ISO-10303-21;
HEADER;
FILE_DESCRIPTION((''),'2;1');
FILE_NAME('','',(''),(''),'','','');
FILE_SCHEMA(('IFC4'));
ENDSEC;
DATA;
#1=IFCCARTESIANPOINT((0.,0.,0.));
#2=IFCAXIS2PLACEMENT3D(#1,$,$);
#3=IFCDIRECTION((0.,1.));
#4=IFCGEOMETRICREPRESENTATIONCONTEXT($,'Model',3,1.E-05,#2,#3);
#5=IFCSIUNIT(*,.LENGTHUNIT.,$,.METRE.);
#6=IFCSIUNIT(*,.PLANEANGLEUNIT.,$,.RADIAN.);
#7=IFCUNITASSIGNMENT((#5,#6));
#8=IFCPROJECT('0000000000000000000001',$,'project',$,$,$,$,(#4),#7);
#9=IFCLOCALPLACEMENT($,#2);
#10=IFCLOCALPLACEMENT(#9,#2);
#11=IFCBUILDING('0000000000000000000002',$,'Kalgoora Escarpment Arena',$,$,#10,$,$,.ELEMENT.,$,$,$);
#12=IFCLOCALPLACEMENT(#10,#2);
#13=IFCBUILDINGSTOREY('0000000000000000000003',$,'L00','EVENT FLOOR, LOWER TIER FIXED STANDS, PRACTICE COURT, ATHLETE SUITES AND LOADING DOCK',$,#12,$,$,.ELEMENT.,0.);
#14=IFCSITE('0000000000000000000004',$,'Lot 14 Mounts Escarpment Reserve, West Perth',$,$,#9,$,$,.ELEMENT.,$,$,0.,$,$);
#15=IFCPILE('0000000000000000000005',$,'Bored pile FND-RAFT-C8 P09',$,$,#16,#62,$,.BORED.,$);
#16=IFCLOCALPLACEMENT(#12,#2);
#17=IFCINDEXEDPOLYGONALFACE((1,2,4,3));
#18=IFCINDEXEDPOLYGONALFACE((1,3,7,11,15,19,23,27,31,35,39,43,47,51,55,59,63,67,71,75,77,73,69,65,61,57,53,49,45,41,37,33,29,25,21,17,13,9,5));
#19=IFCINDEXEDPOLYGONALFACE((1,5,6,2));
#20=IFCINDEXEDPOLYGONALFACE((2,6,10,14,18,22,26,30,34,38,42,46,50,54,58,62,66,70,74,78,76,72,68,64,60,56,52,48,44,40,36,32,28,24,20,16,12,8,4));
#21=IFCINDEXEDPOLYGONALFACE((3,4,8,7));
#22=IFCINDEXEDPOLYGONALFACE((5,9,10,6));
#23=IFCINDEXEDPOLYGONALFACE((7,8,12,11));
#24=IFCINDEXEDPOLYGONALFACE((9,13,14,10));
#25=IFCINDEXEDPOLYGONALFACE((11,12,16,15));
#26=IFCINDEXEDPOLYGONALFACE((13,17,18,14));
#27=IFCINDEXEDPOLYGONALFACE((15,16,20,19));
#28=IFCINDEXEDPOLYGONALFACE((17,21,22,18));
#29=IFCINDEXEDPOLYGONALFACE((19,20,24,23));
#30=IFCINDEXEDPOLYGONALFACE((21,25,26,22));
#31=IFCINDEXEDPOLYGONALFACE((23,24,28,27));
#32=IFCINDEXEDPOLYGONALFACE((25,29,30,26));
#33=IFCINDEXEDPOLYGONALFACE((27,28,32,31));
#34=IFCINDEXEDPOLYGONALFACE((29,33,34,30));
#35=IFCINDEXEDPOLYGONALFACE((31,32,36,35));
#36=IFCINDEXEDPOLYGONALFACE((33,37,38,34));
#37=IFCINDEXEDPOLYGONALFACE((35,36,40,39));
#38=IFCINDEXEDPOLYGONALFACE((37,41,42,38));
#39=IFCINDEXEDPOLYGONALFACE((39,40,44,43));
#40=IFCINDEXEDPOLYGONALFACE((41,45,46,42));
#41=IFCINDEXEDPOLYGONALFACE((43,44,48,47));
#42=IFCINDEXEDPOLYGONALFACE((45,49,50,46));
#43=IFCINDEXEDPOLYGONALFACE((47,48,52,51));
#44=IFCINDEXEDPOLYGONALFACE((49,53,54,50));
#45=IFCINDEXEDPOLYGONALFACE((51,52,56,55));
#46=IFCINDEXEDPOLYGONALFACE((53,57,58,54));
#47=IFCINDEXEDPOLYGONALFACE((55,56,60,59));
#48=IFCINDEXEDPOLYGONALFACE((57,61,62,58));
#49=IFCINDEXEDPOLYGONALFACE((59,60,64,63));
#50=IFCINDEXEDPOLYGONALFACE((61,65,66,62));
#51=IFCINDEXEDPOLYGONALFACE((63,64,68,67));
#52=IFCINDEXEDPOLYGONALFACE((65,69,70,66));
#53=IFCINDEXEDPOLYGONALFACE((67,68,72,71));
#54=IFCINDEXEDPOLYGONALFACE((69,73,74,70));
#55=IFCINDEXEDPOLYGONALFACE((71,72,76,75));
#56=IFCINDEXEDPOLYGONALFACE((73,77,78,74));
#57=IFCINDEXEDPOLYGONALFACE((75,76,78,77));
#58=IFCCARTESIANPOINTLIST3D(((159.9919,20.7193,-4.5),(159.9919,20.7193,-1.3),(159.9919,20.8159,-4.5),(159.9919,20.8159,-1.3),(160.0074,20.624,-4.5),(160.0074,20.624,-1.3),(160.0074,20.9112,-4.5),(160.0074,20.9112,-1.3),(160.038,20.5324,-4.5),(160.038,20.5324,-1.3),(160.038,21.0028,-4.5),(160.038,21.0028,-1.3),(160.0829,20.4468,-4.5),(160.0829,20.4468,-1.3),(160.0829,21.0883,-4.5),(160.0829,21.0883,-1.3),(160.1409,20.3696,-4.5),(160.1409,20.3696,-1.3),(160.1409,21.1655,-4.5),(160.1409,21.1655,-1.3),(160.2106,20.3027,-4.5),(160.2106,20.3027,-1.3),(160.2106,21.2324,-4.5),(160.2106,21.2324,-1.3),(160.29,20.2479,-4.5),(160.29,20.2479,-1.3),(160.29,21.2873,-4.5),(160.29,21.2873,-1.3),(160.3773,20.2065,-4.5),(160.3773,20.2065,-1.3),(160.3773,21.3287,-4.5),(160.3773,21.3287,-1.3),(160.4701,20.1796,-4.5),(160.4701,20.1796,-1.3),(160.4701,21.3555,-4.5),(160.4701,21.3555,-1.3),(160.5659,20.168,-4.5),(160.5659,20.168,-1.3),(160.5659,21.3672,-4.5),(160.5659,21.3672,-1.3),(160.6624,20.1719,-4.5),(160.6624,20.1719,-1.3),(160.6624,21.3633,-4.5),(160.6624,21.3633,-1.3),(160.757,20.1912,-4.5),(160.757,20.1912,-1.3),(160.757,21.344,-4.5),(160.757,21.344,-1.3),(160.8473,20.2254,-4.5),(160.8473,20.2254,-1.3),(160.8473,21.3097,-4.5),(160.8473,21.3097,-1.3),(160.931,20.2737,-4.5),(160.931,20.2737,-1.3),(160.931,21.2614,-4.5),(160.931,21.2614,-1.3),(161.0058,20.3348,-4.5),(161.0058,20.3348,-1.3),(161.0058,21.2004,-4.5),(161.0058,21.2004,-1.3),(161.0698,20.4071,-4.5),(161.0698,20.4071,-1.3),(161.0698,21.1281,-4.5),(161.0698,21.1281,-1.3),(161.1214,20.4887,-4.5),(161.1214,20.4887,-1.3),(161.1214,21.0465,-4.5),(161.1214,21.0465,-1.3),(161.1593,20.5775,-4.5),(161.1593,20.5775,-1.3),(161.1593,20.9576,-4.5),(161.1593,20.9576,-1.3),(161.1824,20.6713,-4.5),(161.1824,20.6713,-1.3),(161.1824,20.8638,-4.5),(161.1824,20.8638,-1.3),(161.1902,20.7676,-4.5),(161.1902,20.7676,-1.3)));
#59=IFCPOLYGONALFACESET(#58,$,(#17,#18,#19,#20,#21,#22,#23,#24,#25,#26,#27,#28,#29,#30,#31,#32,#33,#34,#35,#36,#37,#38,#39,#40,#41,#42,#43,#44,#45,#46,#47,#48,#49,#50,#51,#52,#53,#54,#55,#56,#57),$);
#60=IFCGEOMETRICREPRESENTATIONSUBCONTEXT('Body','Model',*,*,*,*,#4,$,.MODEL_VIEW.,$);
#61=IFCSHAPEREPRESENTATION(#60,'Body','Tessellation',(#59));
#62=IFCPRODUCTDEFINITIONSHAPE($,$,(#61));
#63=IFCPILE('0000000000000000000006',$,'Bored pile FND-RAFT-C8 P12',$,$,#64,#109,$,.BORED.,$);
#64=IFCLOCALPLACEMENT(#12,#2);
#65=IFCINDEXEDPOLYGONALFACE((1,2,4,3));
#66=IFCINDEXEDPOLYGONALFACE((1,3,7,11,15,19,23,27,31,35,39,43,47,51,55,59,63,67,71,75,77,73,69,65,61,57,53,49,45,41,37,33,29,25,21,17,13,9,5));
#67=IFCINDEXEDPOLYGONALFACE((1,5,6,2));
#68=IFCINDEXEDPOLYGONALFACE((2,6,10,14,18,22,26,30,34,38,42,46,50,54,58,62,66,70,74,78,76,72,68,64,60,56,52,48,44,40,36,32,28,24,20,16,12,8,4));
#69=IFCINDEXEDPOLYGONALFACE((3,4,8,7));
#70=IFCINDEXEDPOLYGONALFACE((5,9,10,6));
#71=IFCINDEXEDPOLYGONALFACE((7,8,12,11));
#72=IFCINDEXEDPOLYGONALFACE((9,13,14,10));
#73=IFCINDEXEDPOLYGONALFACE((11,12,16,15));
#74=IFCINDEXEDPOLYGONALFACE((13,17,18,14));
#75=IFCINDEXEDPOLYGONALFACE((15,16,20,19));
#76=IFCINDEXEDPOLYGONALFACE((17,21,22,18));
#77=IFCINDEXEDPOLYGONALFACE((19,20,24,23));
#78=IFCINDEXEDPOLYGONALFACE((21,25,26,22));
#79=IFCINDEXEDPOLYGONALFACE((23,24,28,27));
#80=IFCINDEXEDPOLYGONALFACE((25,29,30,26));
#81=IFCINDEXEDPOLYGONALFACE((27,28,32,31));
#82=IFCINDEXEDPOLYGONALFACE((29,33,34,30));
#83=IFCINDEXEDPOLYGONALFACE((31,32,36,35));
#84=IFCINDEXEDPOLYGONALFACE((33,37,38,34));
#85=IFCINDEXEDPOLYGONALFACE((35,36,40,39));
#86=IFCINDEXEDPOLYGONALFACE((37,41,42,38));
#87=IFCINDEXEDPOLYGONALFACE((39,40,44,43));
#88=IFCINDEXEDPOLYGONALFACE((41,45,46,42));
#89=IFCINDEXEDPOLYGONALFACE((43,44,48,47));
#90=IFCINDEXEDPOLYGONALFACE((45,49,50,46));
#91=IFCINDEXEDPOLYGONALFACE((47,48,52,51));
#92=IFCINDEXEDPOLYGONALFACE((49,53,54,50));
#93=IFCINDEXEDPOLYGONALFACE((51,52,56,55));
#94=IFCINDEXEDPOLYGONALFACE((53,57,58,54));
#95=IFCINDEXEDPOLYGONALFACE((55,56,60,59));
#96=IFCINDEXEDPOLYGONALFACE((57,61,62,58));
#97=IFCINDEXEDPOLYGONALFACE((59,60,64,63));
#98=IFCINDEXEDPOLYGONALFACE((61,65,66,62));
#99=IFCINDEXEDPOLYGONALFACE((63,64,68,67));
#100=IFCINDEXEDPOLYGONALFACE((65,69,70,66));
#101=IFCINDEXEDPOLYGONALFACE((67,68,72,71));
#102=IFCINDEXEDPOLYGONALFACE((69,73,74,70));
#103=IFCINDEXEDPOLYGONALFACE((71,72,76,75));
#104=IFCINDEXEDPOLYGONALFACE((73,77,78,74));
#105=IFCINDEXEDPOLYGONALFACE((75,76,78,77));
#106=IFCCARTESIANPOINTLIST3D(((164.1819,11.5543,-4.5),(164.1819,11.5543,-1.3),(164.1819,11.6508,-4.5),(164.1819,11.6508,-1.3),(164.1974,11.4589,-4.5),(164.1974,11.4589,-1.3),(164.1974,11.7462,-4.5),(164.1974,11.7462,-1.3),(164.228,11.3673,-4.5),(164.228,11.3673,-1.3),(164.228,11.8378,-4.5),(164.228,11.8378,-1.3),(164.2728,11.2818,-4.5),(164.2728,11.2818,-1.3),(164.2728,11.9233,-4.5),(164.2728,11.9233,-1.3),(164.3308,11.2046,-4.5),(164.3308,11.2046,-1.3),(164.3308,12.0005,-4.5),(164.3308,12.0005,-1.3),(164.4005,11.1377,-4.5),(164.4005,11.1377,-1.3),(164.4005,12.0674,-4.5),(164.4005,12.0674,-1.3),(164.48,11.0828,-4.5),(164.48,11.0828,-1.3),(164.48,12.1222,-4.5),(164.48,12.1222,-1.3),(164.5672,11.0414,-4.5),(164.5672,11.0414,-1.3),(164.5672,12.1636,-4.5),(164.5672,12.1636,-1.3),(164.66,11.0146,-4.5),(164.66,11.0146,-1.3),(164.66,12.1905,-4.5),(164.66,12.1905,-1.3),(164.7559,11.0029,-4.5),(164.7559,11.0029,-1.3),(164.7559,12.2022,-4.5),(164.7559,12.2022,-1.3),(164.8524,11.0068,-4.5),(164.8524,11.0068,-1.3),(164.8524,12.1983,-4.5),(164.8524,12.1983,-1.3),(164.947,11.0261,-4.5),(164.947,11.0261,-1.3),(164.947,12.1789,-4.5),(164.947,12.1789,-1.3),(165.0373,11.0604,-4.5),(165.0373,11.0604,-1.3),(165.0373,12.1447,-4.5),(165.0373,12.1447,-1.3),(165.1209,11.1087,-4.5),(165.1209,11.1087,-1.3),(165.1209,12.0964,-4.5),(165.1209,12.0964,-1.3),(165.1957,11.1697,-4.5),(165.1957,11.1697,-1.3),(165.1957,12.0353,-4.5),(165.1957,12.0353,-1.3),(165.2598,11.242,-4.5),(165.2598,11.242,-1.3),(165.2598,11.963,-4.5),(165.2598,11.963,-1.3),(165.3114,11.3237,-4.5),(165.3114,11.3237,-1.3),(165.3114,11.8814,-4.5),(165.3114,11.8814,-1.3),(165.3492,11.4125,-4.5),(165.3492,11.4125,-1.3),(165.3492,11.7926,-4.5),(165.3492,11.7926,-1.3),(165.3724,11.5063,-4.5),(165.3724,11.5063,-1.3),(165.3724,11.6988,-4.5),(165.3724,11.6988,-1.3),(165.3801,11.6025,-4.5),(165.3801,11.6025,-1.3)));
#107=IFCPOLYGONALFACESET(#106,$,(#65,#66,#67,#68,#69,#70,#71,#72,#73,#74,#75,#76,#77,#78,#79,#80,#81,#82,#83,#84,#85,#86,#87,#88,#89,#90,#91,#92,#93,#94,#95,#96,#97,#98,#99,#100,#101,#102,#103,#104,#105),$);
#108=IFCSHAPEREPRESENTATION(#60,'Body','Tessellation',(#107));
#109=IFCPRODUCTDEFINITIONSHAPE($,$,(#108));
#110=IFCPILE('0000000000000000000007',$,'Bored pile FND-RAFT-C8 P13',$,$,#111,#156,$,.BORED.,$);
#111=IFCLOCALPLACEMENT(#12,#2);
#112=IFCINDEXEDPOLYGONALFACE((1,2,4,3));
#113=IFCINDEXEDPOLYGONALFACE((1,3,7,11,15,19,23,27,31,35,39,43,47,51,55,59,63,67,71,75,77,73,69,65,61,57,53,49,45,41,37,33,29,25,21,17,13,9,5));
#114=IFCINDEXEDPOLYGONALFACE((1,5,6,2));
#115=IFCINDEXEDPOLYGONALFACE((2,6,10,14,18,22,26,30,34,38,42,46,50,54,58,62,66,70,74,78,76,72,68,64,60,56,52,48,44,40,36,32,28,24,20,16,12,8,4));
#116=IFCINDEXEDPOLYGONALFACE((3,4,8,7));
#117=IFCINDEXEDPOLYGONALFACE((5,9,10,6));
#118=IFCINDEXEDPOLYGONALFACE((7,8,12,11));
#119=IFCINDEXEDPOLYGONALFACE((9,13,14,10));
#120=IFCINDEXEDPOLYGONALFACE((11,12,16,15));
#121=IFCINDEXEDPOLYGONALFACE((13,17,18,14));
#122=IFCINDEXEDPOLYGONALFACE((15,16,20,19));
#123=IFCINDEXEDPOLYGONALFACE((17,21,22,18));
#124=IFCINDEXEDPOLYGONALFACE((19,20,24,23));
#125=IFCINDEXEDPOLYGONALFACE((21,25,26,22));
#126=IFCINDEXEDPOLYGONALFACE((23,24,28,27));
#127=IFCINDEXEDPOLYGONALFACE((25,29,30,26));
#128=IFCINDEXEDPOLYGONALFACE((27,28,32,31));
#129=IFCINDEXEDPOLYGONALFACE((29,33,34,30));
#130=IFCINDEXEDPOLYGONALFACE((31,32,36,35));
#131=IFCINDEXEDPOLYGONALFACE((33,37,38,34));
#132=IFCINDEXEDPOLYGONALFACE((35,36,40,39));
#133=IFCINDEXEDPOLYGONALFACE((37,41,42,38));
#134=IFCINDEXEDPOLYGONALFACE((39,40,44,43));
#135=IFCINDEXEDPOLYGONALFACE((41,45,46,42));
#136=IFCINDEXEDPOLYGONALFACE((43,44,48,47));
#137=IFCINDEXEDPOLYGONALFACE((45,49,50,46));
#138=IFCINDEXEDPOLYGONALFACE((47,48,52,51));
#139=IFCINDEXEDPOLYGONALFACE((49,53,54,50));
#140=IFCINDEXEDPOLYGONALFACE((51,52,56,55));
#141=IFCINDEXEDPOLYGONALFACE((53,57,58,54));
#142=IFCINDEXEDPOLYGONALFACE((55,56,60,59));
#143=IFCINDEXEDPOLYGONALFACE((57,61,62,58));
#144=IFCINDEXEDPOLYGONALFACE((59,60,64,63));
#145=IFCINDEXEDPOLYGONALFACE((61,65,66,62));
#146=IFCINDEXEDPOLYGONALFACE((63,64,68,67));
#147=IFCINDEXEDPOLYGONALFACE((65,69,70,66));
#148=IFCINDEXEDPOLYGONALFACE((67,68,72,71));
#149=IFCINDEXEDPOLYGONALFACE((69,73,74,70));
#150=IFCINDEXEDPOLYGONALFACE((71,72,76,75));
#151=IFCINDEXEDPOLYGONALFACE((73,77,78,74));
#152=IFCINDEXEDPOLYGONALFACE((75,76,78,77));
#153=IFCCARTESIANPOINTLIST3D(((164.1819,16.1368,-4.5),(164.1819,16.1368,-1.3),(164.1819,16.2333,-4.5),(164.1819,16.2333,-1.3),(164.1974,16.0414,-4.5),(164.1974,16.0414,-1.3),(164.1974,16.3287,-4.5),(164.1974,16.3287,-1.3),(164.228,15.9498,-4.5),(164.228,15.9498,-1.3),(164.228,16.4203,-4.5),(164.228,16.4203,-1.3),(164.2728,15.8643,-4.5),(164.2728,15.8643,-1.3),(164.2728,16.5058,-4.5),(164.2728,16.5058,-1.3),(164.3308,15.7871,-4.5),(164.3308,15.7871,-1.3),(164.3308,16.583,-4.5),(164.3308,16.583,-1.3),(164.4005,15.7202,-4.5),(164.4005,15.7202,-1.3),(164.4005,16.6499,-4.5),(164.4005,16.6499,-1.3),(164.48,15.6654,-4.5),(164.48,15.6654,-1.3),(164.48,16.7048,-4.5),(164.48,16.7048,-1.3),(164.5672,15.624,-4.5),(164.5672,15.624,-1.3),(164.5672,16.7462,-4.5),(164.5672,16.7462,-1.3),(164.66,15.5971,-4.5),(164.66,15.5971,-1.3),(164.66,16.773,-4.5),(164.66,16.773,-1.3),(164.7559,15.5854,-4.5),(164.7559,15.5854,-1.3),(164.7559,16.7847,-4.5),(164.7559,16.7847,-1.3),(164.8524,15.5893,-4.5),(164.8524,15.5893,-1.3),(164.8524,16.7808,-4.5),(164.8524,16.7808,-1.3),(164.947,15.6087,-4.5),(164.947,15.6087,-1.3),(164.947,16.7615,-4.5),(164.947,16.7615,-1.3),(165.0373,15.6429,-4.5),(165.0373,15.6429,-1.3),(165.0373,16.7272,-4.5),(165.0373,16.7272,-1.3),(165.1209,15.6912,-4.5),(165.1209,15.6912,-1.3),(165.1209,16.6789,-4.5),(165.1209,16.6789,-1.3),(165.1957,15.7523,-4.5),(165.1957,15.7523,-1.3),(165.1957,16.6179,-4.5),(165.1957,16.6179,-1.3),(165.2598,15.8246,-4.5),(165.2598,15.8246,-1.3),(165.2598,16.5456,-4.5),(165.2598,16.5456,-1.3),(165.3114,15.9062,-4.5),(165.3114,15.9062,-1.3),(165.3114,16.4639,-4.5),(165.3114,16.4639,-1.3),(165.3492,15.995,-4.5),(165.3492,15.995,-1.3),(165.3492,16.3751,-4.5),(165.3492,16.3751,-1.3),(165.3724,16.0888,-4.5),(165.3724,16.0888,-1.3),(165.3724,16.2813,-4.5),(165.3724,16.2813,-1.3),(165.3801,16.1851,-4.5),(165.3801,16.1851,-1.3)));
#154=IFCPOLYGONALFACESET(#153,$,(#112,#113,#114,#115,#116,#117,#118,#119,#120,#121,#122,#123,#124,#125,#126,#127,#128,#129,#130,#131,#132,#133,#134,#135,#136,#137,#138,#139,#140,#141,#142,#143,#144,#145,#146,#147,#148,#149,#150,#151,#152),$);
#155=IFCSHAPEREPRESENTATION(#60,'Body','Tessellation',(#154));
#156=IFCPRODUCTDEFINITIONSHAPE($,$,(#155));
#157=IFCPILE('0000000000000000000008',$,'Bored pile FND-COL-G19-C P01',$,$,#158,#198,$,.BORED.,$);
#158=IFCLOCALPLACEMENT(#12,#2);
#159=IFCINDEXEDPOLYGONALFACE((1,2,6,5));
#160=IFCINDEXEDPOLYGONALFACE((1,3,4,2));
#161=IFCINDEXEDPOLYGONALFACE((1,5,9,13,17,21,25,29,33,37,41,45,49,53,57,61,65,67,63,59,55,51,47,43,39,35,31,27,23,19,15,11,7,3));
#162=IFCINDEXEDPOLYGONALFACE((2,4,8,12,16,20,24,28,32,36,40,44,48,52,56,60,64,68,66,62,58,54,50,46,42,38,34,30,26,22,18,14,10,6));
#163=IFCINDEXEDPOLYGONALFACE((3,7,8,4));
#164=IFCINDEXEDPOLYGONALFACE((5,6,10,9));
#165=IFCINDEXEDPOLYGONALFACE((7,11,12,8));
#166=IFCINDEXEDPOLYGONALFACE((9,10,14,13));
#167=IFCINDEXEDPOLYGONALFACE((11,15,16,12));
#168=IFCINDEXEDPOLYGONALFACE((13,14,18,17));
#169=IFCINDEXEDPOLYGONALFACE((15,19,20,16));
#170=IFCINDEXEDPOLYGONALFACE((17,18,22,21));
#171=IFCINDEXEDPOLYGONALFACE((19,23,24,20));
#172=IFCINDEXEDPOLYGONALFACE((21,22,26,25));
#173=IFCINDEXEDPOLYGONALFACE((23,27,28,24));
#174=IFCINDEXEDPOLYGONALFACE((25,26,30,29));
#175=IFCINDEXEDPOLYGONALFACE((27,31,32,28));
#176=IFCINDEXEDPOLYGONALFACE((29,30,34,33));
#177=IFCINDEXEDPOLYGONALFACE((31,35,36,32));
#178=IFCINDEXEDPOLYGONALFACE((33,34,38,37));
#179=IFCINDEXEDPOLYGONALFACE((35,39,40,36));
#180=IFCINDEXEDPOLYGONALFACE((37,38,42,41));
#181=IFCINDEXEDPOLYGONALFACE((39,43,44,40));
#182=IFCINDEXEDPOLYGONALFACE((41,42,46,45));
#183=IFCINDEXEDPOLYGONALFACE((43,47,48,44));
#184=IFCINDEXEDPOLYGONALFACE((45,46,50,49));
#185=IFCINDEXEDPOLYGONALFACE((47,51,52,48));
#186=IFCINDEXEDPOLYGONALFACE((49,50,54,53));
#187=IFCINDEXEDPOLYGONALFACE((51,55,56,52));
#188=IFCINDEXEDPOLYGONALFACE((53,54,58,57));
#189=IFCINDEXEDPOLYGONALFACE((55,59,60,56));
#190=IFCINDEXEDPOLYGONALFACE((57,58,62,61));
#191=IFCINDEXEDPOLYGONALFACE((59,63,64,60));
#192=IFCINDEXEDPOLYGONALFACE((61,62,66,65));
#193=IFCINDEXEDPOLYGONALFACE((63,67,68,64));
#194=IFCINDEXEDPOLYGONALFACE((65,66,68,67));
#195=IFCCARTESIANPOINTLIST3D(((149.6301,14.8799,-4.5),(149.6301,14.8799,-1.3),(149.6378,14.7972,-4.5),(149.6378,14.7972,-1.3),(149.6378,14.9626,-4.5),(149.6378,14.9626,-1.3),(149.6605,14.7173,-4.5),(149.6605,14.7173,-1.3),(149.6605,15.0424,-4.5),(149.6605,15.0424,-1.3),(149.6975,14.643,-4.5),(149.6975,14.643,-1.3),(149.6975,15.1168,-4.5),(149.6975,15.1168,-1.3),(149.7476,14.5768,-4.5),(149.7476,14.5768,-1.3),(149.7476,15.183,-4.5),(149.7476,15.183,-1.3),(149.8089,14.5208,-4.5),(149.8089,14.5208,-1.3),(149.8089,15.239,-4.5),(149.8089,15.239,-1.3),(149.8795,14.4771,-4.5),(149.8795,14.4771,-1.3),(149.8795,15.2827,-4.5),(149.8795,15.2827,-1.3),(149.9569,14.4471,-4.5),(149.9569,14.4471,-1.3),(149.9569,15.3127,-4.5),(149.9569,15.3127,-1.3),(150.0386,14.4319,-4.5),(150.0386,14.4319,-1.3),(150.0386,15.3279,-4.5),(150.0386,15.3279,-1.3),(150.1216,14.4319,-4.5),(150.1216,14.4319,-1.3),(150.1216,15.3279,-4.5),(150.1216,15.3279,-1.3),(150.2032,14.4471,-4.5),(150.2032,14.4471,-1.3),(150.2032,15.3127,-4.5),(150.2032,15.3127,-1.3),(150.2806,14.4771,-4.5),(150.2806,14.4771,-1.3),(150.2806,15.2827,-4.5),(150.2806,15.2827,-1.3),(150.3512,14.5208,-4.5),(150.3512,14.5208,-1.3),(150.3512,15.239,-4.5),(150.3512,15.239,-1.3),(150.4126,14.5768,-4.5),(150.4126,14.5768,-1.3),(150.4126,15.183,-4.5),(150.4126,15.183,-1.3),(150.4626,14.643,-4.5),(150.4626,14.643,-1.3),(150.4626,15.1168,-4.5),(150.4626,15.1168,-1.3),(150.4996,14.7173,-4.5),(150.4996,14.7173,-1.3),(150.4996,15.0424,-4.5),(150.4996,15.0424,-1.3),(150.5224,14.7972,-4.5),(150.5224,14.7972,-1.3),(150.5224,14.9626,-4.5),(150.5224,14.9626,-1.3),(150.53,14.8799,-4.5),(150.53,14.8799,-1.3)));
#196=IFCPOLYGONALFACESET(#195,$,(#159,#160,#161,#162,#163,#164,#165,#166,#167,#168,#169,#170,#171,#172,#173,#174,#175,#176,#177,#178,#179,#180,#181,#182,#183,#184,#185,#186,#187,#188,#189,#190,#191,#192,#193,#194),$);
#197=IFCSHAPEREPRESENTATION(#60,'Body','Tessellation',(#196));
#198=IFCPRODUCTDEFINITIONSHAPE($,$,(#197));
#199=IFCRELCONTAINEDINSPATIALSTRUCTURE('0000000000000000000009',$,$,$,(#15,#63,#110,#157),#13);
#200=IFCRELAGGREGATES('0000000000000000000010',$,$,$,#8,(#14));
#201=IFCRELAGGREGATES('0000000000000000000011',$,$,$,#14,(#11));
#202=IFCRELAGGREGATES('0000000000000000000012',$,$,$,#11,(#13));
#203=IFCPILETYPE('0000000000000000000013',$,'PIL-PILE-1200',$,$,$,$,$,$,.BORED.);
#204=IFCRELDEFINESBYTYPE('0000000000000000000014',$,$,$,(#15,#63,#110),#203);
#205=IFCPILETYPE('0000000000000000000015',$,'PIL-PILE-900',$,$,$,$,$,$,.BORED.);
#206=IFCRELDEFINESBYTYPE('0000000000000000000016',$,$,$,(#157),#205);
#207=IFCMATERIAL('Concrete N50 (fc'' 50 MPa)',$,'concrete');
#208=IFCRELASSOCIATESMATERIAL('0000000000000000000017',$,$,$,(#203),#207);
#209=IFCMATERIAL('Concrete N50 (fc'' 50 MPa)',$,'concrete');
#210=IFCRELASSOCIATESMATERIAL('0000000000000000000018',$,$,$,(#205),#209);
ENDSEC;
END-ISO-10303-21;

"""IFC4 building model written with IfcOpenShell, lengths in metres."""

from ifc_helpers import new_model, si_unit, direction, frame, origin, origin_2d, place, context, subcontext, project, spatial, circle, extrude, material, material_profile, profile_set, type_object, element, save


model = new_model("IFC4")

# Units and contexts
model_context = context("Model", 3, precision=1e-05, world=origin(), true_north=direction((0.0, 1.0)))
body_context = subcontext(model_context, "Body", "Model", "MODEL_VIEW")
ifc_project = project(units=[si_unit("LENGTHUNIT", "METRE"), si_unit("PLANEANGLEUNIT", "RADIAN")], contexts=[model_context])

# Site, building, storey
site_placement = place(None, origin())
site = spatial("IfcSite", under=ifc_project, at=site_placement, Name="Lot 14 Mounts Escarpment Reserve, West Perth", CompositionType="ELEMENT", RefElevation=0.0)
building_placement = place(site_placement, origin())
building = spatial("IfcBuilding", under=site, at=building_placement, Name="Kalgoora Escarpment Arena", CompositionType="ELEMENT")
storey_placement = place(building_placement, origin())
storey = spatial("IfcBuildingStorey", under=building, at=storey_placement, Name="L00", Description="EVENT FLOOR, LOWER TIER FIXED STANDS, PRACTICE COURT, ATHLETE SUITES AND LOADING DOCK", CompositionType="ELEMENT", Elevation=0.0)

# Piles
ifc_material_1 = material(Name="Concrete N50 (fc' 50 MPa)", Category="concrete")
ifc_material_profile_1 = material_profile(ifc_material_1, circle(Radius=0.6001, at=origin_2d()))
ifc_profile_set_1 = profile_set([ifc_material_profile_1], Name="Concrete N50 (fc' 50 MPa)")
pile_type_1 = type_object("IfcPileType", Name="PIL-PILE-1200", PredefinedType="BORED", material=ifc_profile_set_1)
for number, where, z_axis, x_axis, name in (
    (1, (160.5901, 20.7676, -1.3), (0.0, 0.0, -1.0), (1.0, 0.0, 0.0), "Bored pile FND-RAFT-C8 P09"),
    (2, (164.78, 11.6025, -1.3), (0.0, 0.0, -1.0), (1.0, 0.0, 0.0), "Bored pile FND-RAFT-C8 P12"),
    (3, (164.78, 16.1851, -1.3), (0.0, 0.0, -1.0), (1.0, 0.0, 0.0), "Bored pile FND-RAFT-C8 P13"),
):
    element("IfcPile", number, at=place(storey_placement, frame(where, z_axis=z_axis, x_axis=x_axis)), inside=storey, type_object=pile_type_1, Name=name, PredefinedType="BORED", context=body_context, shape_type="SweptSolid", body=[
        extrude(circle(Radius=0.6001, at=origin_2d()), origin(), (0.0, 0.0, 1.0), 3.2),
    ])
ifc_material_2 = material(Name="Concrete N50 (fc' 50 MPa)", Category="concrete")
ifc_material_profile_2 = material_profile(ifc_material_2, circle(Radius=0.45, at=origin_2d()))
ifc_profile_set_2 = profile_set([ifc_material_profile_2], Name="Concrete N50 (fc' 50 MPa)")
pile_type_2 = type_object("IfcPileType", Name="PIL-PILE-900", PredefinedType="BORED", material=ifc_profile_set_2)
for number, where, z_axis, x_axis, name in (
    (4, (150.0801, 14.8799, -1.3), (0.0, 0.0, -1.0), (1.0, 0.0, 0.0), "Bored pile FND-COL-G19-C P01"),
):
    element("IfcPile", number, at=place(storey_placement, frame(where, z_axis=z_axis, x_axis=x_axis)), inside=storey, type_object=pile_type_2, Name=name, PredefinedType="BORED", context=body_context, shape_type="SweptSolid", body=[
        extrude(circle(Radius=0.45, at=origin_2d()), origin(), (0.0, 0.0, 1.0), 3.2),
    ])

save(model, "model.ifc")
